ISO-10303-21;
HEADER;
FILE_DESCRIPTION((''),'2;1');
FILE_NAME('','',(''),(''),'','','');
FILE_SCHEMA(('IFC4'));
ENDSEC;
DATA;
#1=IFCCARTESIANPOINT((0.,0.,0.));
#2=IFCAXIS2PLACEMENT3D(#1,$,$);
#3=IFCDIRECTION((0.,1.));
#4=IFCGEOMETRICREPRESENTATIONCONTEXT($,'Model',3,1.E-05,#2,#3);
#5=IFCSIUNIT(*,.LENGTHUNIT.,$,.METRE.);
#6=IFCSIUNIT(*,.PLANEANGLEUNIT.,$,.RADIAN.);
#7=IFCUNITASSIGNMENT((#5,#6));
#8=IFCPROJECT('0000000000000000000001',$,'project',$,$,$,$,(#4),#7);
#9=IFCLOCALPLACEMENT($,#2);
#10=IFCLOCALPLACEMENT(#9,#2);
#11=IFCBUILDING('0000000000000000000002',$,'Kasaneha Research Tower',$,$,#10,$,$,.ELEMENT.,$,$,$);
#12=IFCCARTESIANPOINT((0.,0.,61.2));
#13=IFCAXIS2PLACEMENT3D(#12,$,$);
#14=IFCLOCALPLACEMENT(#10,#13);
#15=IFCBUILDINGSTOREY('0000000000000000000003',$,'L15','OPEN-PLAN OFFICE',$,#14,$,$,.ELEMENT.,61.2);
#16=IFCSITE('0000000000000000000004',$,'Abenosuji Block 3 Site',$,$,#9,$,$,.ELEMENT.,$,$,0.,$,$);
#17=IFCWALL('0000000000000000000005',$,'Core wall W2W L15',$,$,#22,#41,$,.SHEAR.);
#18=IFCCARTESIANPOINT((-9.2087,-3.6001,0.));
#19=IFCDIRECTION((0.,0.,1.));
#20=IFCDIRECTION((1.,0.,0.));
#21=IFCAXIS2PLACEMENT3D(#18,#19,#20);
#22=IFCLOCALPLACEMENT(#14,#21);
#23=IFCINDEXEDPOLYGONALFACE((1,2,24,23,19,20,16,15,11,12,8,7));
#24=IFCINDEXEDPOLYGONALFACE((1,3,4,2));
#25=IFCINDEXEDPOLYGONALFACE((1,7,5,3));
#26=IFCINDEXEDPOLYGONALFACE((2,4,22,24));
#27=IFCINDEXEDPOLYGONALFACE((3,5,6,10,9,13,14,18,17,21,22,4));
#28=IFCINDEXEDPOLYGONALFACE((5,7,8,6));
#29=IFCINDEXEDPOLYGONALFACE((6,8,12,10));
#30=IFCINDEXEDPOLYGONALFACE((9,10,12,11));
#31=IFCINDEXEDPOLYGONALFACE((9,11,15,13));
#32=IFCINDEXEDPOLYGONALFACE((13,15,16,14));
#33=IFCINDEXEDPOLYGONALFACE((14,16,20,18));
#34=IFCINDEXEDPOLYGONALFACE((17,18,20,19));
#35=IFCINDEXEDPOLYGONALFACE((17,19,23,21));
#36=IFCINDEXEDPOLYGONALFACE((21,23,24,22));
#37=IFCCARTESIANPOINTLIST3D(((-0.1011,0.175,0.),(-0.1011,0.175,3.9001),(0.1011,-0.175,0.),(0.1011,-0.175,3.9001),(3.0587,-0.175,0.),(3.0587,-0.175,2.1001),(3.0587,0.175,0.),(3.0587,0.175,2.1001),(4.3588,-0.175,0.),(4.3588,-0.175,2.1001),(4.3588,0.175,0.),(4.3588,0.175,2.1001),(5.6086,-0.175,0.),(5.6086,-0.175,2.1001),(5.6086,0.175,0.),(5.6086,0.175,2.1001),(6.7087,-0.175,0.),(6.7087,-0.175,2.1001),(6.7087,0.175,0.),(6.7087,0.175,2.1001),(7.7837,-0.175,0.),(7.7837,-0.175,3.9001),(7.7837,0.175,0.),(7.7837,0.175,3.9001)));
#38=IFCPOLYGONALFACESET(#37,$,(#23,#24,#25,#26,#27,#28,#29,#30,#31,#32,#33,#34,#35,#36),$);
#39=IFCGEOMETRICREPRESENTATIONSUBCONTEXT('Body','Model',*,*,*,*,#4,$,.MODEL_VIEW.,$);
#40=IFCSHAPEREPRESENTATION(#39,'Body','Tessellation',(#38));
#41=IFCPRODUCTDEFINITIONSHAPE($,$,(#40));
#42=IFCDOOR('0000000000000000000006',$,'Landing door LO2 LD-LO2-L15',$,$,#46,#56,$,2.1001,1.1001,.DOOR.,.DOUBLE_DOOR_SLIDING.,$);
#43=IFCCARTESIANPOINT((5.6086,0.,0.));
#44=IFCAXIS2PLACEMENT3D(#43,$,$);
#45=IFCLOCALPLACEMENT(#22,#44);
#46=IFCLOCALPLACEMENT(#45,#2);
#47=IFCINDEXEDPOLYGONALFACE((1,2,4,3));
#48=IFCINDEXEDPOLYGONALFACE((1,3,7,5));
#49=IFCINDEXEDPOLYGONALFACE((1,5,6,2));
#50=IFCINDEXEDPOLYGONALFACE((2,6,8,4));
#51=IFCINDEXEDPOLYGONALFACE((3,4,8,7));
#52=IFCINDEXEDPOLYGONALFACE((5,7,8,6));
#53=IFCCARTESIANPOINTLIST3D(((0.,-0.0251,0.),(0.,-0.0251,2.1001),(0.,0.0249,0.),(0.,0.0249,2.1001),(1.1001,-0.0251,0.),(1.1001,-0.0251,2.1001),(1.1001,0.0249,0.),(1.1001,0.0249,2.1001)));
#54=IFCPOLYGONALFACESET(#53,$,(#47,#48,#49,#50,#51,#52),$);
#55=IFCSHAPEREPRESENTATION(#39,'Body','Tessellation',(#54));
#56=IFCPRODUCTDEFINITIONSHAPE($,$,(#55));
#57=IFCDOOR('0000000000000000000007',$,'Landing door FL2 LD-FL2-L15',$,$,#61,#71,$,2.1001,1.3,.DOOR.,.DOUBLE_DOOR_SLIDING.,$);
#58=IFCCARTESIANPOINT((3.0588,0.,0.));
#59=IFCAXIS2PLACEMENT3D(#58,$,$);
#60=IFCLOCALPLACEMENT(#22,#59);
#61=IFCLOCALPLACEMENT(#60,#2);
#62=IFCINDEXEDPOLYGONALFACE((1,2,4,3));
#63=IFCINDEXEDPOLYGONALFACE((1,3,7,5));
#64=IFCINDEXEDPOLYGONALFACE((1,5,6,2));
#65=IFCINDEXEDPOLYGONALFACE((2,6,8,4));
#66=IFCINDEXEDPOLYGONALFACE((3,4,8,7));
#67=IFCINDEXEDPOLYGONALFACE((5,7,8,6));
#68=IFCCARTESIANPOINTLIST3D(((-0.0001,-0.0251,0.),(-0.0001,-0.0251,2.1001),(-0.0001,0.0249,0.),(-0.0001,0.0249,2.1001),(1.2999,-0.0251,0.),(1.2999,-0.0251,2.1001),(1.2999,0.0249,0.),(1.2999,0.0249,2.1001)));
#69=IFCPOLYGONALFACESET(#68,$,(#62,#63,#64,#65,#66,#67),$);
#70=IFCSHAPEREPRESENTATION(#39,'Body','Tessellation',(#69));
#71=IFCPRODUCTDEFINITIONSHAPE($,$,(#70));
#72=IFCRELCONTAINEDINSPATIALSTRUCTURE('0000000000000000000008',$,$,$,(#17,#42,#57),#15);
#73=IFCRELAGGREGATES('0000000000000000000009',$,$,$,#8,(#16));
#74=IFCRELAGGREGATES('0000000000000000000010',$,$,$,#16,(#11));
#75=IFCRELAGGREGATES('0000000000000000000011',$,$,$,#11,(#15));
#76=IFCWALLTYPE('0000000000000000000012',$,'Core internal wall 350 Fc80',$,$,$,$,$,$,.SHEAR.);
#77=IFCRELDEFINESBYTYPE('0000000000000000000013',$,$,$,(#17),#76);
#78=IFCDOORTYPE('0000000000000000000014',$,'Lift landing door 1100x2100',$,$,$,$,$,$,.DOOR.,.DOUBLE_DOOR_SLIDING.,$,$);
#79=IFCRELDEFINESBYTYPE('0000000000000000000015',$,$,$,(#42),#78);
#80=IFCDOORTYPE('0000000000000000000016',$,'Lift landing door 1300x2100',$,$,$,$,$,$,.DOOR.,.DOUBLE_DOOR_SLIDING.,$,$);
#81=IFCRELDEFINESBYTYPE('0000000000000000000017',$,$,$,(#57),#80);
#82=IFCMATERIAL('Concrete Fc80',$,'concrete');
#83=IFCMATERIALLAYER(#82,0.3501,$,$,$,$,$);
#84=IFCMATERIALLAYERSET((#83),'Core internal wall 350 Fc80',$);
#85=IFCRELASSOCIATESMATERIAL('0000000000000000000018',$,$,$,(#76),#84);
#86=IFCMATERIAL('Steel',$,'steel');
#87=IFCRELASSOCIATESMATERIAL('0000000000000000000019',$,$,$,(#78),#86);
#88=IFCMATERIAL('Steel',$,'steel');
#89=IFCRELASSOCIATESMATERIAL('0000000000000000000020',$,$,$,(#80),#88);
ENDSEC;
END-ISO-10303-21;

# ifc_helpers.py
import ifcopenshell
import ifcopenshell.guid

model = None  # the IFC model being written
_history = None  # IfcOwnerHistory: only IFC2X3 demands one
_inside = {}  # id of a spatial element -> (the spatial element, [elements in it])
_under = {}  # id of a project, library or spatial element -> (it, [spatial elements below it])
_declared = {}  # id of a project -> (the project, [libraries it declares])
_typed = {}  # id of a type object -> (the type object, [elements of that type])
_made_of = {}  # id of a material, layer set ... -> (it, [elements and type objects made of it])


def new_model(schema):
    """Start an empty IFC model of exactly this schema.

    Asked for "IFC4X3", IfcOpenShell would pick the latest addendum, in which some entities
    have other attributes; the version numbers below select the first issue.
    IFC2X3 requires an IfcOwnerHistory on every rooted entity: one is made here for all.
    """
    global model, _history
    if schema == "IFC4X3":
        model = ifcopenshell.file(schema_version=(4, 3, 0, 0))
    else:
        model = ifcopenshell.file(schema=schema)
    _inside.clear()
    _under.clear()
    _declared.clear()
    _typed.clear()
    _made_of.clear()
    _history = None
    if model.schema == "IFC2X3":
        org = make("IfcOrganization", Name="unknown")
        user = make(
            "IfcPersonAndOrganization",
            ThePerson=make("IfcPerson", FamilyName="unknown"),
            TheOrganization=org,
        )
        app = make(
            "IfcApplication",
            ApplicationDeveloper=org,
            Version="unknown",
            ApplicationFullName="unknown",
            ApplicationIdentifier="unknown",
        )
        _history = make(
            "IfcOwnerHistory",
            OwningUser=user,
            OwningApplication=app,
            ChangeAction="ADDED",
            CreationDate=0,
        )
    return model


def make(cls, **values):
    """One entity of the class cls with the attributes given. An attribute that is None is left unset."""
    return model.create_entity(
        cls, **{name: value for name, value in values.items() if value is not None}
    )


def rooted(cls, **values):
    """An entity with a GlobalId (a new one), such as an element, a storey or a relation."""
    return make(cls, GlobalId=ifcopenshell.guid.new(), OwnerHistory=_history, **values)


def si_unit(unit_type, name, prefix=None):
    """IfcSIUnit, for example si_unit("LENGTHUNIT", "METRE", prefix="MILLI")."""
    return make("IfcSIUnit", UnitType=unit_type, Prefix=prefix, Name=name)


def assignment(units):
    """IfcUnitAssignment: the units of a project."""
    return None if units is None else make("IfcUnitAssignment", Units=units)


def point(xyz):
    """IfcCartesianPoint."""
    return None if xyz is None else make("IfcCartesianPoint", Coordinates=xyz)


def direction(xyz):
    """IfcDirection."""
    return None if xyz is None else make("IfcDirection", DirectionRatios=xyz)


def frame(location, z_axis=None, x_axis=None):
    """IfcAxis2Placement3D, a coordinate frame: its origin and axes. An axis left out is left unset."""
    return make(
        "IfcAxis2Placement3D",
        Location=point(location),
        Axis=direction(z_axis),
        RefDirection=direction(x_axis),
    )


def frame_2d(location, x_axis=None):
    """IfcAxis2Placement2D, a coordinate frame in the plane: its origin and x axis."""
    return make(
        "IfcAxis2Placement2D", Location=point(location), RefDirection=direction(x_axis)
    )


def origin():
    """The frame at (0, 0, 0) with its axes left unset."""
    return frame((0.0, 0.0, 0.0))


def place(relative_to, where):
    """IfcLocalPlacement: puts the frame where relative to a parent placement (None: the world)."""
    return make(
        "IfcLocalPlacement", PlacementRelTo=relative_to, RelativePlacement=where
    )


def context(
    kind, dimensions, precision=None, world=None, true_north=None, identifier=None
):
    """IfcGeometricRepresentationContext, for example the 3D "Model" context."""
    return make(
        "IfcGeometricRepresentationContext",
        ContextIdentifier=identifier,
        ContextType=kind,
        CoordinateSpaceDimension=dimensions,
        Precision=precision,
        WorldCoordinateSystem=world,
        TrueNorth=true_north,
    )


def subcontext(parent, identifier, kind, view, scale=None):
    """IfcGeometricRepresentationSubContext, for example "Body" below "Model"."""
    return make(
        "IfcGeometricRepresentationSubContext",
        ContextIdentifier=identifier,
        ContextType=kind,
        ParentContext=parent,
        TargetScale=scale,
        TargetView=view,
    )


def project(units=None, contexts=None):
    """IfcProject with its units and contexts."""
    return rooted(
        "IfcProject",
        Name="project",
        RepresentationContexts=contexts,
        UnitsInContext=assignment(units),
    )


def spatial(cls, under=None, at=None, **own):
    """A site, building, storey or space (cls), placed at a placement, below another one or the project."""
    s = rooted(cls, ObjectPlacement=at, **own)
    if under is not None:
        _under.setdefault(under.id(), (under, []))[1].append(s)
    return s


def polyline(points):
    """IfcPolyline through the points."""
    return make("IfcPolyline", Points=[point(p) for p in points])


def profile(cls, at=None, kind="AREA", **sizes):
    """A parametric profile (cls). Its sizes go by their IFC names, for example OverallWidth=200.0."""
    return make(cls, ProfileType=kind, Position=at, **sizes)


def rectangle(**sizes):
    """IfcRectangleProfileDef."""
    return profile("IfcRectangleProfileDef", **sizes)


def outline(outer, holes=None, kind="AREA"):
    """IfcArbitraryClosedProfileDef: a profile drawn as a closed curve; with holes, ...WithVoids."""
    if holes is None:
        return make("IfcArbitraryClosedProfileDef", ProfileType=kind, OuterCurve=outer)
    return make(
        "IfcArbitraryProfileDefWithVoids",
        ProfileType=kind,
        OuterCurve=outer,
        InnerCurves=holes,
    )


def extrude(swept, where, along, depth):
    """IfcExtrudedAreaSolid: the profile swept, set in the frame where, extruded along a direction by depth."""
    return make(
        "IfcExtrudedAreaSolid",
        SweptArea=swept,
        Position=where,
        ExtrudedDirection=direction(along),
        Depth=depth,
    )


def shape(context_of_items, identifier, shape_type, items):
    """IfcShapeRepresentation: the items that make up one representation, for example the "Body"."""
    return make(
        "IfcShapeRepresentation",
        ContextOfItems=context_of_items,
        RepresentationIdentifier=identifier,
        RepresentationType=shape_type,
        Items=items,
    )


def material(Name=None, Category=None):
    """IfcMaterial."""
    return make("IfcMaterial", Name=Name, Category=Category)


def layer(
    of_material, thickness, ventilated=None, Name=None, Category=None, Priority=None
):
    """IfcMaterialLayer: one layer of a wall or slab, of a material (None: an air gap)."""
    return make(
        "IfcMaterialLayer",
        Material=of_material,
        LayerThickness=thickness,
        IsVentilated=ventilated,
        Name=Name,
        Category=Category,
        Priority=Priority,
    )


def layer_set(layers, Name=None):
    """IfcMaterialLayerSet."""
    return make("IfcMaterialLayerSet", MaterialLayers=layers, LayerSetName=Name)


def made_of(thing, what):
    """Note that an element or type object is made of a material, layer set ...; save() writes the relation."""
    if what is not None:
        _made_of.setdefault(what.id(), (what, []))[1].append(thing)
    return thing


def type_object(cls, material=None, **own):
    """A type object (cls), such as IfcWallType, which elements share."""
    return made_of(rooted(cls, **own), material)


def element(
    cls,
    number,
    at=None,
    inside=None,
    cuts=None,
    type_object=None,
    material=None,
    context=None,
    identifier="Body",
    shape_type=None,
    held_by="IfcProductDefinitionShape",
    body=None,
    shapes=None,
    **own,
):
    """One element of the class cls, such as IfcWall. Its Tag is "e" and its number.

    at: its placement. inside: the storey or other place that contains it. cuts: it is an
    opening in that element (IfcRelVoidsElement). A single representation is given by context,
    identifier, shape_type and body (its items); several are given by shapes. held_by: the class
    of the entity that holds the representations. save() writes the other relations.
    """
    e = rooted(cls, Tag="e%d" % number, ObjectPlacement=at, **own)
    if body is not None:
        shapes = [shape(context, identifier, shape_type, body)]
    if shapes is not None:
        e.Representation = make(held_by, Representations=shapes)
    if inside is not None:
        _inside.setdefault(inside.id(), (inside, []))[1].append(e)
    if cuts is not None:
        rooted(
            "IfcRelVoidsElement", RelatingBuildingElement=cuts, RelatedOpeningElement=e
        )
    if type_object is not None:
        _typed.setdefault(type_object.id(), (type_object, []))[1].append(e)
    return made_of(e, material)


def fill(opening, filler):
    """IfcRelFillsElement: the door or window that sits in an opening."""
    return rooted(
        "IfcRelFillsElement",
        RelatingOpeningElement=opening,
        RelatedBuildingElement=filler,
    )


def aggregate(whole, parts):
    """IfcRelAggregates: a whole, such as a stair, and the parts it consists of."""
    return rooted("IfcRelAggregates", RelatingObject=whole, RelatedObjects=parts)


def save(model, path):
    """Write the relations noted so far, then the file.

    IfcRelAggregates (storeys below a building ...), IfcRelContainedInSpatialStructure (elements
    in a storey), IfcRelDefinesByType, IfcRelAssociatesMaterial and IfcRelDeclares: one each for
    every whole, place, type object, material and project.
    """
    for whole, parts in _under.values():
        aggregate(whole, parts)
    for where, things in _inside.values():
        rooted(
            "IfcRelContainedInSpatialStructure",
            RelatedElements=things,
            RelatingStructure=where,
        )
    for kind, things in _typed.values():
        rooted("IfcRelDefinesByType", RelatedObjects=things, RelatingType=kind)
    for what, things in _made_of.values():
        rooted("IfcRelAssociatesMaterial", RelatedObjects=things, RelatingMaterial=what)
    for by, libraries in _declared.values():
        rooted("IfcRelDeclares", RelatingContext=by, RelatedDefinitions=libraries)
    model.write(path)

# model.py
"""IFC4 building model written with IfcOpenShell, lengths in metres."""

from ifc_helpers import new_model, si_unit, direction, frame, frame_2d, origin, place, context, subcontext, project, spatial, polyline, rectangle, outline, extrude, material, layer, layer_set, type_object, element, fill, save


model = new_model("IFC4")

# Units and contexts
model_context = context("Model", 3, precision=1e-05, world=origin(), true_north=direction((0.0, 1.0)))
body_context = subcontext(model_context, "Body", "Model", "MODEL_VIEW")
ifc_project = project(units=[si_unit("LENGTHUNIT", "METRE"), si_unit("PLANEANGLEUNIT", "RADIAN")], contexts=[model_context])

# Site, building, storey
site_placement = place(None, origin())
site = spatial("IfcSite", under=ifc_project, at=site_placement, Name="Abenosuji Block 3 Site", CompositionType="ELEMENT", RefElevation=0.0)
building_placement = place(site_placement, origin())
building = spatial("IfcBuilding", under=site, at=building_placement, Name="Kasaneha Research Tower", CompositionType="ELEMENT")
storey_placement = place(building_placement, frame((0.0, 0.0, 61.2)))
storey = spatial("IfcBuildingStorey", under=building, at=storey_placement, Name="L15", Description="OPEN-PLAN OFFICE", CompositionType="ELEMENT", Elevation=61.2)

# Wall, openings, doors
ifc_material_1 = material(Name="Concrete Fc80", Category="concrete")
ifc_layer_1 = layer(ifc_material_1, 0.3501)
ifc_layer_set_1 = layer_set([ifc_layer_1], Name="Core internal wall 350 Fc80")
wall_type_1 = type_object("IfcWallType", Name="Core internal wall 350 Fc80", PredefinedType="SHEAR", material=ifc_layer_set_1)
wall_1_placement = place(storey_placement, frame((-9.2087, -3.6001, 0.0), z_axis=(0.0, 0.0, 1.0), x_axis=(1.0, 0.0, 0.0)))
wall_1 = element("IfcWall", 1, at=wall_1_placement, inside=storey, type_object=wall_type_1, Name="Core wall W2W L15", PredefinedType="SHEAR", context=body_context, shape_type="SweptSolid", body=[
    extrude(outline(polyline([(0.1011, -0.175), (3.0588, -0.175), (4.3589, -0.175), (5.6086, -0.175), (6.7087, -0.175), (7.7837, -0.175), (7.7837, 0.175), (6.7087, 0.175), (5.6086, 0.175), (4.3589, 0.175), (3.0588, 0.175), (-0.1011, 0.175), (0.1011, -0.175)])), origin(), (0.0, 0.0, 1.0), 3.9001),
])
opening_1_placement = place(wall_1_placement, frame((5.6086, 0.0, 0.0)))
opening_1 = element("IfcOpeningElement", 2, at=opening_1_placement, cuts=wall_1, PredefinedType="OPENING", context=body_context, shape_type="SweptSolid", body=[
    extrude(rectangle(XDim=1.1001, YDim=2.1001, at=frame_2d((0.55, 1.05))), frame((0.0, 0.1851, 0.0), z_axis=(0.0, -1.0, 0.0), x_axis=(1.0, 0.0, 0.0)), (0.0, 0.0, 1.0), 0.3701),
])
opening_2_placement = place(wall_1_placement, frame((3.0588, 0.0, 0.0)))
opening_2 = element("IfcOpeningElement", 3, at=opening_2_placement, cuts=wall_1, PredefinedType="OPENING", context=body_context, shape_type="SweptSolid", body=[
    extrude(rectangle(XDim=1.3, YDim=2.1001, at=frame_2d((0.6499, 1.05))), frame((0.0, 0.1851, 0.0), z_axis=(0.0, -1.0, 0.0), x_axis=(1.0, 0.0, 0.0)), (0.0, 0.0, 1.0), 0.3701),
])
ifc_material_2 = material(Name="Steel", Category="steel")
door_type_1 = type_object("IfcDoorType", Name="Lift landing door 1100x2100", OperationType="DOUBLE_DOOR_SLIDING", PredefinedType="DOOR", material=ifc_material_2)
door_1_placement = place(opening_1_placement, origin())
door_1 = element("IfcDoor", 4, at=door_1_placement, inside=storey, type_object=door_type_1, Name="Landing door LO2 LD-LO2-L15", OperationType="DOUBLE_DOOR_SLIDING", OverallHeight=2.1001, OverallWidth=1.1001, PredefinedType="DOOR", context=body_context, shape_type="SweptSolid", body=[
    extrude(rectangle(XDim=1.1001, YDim=2.1001, at=frame_2d((0.55, 1.05))), frame((0.0, 0.0249, 0.0), z_axis=(0.0, -1.0, 0.0), x_axis=(1.0, 0.0, 0.0)), (0.0, 0.0, 1.0), 0.05),
])
fill(opening_1, door_1)
ifc_material_3 = material(Name="Steel", Category="steel")
door_type_2 = type_object("IfcDoorType", Name="Lift landing door 1300x2100", OperationType="DOUBLE_DOOR_SLIDING", PredefinedType="DOOR", material=ifc_material_3)
door_2_placement = place(opening_2_placement, origin())
door_2 = element("IfcDoor", 5, at=door_2_placement, inside=storey, type_object=door_type_2, Name="Landing door FL2 LD-FL2-L15", OperationType="DOUBLE_DOOR_SLIDING", OverallHeight=2.1001, OverallWidth=1.3, PredefinedType="DOOR", context=body_context, shape_type="SweptSolid", body=[
    extrude(rectangle(XDim=1.3, YDim=2.1001, at=frame_2d((0.6499, 1.05))), frame((0.0, 0.0249, 0.0), z_axis=(0.0, -1.0, 0.0), x_axis=(1.0, 0.0, 0.0)), (0.0, 0.0, 1.0), 0.05),
])
fill(opening_2, door_2)

save(model, "model.ifc")
